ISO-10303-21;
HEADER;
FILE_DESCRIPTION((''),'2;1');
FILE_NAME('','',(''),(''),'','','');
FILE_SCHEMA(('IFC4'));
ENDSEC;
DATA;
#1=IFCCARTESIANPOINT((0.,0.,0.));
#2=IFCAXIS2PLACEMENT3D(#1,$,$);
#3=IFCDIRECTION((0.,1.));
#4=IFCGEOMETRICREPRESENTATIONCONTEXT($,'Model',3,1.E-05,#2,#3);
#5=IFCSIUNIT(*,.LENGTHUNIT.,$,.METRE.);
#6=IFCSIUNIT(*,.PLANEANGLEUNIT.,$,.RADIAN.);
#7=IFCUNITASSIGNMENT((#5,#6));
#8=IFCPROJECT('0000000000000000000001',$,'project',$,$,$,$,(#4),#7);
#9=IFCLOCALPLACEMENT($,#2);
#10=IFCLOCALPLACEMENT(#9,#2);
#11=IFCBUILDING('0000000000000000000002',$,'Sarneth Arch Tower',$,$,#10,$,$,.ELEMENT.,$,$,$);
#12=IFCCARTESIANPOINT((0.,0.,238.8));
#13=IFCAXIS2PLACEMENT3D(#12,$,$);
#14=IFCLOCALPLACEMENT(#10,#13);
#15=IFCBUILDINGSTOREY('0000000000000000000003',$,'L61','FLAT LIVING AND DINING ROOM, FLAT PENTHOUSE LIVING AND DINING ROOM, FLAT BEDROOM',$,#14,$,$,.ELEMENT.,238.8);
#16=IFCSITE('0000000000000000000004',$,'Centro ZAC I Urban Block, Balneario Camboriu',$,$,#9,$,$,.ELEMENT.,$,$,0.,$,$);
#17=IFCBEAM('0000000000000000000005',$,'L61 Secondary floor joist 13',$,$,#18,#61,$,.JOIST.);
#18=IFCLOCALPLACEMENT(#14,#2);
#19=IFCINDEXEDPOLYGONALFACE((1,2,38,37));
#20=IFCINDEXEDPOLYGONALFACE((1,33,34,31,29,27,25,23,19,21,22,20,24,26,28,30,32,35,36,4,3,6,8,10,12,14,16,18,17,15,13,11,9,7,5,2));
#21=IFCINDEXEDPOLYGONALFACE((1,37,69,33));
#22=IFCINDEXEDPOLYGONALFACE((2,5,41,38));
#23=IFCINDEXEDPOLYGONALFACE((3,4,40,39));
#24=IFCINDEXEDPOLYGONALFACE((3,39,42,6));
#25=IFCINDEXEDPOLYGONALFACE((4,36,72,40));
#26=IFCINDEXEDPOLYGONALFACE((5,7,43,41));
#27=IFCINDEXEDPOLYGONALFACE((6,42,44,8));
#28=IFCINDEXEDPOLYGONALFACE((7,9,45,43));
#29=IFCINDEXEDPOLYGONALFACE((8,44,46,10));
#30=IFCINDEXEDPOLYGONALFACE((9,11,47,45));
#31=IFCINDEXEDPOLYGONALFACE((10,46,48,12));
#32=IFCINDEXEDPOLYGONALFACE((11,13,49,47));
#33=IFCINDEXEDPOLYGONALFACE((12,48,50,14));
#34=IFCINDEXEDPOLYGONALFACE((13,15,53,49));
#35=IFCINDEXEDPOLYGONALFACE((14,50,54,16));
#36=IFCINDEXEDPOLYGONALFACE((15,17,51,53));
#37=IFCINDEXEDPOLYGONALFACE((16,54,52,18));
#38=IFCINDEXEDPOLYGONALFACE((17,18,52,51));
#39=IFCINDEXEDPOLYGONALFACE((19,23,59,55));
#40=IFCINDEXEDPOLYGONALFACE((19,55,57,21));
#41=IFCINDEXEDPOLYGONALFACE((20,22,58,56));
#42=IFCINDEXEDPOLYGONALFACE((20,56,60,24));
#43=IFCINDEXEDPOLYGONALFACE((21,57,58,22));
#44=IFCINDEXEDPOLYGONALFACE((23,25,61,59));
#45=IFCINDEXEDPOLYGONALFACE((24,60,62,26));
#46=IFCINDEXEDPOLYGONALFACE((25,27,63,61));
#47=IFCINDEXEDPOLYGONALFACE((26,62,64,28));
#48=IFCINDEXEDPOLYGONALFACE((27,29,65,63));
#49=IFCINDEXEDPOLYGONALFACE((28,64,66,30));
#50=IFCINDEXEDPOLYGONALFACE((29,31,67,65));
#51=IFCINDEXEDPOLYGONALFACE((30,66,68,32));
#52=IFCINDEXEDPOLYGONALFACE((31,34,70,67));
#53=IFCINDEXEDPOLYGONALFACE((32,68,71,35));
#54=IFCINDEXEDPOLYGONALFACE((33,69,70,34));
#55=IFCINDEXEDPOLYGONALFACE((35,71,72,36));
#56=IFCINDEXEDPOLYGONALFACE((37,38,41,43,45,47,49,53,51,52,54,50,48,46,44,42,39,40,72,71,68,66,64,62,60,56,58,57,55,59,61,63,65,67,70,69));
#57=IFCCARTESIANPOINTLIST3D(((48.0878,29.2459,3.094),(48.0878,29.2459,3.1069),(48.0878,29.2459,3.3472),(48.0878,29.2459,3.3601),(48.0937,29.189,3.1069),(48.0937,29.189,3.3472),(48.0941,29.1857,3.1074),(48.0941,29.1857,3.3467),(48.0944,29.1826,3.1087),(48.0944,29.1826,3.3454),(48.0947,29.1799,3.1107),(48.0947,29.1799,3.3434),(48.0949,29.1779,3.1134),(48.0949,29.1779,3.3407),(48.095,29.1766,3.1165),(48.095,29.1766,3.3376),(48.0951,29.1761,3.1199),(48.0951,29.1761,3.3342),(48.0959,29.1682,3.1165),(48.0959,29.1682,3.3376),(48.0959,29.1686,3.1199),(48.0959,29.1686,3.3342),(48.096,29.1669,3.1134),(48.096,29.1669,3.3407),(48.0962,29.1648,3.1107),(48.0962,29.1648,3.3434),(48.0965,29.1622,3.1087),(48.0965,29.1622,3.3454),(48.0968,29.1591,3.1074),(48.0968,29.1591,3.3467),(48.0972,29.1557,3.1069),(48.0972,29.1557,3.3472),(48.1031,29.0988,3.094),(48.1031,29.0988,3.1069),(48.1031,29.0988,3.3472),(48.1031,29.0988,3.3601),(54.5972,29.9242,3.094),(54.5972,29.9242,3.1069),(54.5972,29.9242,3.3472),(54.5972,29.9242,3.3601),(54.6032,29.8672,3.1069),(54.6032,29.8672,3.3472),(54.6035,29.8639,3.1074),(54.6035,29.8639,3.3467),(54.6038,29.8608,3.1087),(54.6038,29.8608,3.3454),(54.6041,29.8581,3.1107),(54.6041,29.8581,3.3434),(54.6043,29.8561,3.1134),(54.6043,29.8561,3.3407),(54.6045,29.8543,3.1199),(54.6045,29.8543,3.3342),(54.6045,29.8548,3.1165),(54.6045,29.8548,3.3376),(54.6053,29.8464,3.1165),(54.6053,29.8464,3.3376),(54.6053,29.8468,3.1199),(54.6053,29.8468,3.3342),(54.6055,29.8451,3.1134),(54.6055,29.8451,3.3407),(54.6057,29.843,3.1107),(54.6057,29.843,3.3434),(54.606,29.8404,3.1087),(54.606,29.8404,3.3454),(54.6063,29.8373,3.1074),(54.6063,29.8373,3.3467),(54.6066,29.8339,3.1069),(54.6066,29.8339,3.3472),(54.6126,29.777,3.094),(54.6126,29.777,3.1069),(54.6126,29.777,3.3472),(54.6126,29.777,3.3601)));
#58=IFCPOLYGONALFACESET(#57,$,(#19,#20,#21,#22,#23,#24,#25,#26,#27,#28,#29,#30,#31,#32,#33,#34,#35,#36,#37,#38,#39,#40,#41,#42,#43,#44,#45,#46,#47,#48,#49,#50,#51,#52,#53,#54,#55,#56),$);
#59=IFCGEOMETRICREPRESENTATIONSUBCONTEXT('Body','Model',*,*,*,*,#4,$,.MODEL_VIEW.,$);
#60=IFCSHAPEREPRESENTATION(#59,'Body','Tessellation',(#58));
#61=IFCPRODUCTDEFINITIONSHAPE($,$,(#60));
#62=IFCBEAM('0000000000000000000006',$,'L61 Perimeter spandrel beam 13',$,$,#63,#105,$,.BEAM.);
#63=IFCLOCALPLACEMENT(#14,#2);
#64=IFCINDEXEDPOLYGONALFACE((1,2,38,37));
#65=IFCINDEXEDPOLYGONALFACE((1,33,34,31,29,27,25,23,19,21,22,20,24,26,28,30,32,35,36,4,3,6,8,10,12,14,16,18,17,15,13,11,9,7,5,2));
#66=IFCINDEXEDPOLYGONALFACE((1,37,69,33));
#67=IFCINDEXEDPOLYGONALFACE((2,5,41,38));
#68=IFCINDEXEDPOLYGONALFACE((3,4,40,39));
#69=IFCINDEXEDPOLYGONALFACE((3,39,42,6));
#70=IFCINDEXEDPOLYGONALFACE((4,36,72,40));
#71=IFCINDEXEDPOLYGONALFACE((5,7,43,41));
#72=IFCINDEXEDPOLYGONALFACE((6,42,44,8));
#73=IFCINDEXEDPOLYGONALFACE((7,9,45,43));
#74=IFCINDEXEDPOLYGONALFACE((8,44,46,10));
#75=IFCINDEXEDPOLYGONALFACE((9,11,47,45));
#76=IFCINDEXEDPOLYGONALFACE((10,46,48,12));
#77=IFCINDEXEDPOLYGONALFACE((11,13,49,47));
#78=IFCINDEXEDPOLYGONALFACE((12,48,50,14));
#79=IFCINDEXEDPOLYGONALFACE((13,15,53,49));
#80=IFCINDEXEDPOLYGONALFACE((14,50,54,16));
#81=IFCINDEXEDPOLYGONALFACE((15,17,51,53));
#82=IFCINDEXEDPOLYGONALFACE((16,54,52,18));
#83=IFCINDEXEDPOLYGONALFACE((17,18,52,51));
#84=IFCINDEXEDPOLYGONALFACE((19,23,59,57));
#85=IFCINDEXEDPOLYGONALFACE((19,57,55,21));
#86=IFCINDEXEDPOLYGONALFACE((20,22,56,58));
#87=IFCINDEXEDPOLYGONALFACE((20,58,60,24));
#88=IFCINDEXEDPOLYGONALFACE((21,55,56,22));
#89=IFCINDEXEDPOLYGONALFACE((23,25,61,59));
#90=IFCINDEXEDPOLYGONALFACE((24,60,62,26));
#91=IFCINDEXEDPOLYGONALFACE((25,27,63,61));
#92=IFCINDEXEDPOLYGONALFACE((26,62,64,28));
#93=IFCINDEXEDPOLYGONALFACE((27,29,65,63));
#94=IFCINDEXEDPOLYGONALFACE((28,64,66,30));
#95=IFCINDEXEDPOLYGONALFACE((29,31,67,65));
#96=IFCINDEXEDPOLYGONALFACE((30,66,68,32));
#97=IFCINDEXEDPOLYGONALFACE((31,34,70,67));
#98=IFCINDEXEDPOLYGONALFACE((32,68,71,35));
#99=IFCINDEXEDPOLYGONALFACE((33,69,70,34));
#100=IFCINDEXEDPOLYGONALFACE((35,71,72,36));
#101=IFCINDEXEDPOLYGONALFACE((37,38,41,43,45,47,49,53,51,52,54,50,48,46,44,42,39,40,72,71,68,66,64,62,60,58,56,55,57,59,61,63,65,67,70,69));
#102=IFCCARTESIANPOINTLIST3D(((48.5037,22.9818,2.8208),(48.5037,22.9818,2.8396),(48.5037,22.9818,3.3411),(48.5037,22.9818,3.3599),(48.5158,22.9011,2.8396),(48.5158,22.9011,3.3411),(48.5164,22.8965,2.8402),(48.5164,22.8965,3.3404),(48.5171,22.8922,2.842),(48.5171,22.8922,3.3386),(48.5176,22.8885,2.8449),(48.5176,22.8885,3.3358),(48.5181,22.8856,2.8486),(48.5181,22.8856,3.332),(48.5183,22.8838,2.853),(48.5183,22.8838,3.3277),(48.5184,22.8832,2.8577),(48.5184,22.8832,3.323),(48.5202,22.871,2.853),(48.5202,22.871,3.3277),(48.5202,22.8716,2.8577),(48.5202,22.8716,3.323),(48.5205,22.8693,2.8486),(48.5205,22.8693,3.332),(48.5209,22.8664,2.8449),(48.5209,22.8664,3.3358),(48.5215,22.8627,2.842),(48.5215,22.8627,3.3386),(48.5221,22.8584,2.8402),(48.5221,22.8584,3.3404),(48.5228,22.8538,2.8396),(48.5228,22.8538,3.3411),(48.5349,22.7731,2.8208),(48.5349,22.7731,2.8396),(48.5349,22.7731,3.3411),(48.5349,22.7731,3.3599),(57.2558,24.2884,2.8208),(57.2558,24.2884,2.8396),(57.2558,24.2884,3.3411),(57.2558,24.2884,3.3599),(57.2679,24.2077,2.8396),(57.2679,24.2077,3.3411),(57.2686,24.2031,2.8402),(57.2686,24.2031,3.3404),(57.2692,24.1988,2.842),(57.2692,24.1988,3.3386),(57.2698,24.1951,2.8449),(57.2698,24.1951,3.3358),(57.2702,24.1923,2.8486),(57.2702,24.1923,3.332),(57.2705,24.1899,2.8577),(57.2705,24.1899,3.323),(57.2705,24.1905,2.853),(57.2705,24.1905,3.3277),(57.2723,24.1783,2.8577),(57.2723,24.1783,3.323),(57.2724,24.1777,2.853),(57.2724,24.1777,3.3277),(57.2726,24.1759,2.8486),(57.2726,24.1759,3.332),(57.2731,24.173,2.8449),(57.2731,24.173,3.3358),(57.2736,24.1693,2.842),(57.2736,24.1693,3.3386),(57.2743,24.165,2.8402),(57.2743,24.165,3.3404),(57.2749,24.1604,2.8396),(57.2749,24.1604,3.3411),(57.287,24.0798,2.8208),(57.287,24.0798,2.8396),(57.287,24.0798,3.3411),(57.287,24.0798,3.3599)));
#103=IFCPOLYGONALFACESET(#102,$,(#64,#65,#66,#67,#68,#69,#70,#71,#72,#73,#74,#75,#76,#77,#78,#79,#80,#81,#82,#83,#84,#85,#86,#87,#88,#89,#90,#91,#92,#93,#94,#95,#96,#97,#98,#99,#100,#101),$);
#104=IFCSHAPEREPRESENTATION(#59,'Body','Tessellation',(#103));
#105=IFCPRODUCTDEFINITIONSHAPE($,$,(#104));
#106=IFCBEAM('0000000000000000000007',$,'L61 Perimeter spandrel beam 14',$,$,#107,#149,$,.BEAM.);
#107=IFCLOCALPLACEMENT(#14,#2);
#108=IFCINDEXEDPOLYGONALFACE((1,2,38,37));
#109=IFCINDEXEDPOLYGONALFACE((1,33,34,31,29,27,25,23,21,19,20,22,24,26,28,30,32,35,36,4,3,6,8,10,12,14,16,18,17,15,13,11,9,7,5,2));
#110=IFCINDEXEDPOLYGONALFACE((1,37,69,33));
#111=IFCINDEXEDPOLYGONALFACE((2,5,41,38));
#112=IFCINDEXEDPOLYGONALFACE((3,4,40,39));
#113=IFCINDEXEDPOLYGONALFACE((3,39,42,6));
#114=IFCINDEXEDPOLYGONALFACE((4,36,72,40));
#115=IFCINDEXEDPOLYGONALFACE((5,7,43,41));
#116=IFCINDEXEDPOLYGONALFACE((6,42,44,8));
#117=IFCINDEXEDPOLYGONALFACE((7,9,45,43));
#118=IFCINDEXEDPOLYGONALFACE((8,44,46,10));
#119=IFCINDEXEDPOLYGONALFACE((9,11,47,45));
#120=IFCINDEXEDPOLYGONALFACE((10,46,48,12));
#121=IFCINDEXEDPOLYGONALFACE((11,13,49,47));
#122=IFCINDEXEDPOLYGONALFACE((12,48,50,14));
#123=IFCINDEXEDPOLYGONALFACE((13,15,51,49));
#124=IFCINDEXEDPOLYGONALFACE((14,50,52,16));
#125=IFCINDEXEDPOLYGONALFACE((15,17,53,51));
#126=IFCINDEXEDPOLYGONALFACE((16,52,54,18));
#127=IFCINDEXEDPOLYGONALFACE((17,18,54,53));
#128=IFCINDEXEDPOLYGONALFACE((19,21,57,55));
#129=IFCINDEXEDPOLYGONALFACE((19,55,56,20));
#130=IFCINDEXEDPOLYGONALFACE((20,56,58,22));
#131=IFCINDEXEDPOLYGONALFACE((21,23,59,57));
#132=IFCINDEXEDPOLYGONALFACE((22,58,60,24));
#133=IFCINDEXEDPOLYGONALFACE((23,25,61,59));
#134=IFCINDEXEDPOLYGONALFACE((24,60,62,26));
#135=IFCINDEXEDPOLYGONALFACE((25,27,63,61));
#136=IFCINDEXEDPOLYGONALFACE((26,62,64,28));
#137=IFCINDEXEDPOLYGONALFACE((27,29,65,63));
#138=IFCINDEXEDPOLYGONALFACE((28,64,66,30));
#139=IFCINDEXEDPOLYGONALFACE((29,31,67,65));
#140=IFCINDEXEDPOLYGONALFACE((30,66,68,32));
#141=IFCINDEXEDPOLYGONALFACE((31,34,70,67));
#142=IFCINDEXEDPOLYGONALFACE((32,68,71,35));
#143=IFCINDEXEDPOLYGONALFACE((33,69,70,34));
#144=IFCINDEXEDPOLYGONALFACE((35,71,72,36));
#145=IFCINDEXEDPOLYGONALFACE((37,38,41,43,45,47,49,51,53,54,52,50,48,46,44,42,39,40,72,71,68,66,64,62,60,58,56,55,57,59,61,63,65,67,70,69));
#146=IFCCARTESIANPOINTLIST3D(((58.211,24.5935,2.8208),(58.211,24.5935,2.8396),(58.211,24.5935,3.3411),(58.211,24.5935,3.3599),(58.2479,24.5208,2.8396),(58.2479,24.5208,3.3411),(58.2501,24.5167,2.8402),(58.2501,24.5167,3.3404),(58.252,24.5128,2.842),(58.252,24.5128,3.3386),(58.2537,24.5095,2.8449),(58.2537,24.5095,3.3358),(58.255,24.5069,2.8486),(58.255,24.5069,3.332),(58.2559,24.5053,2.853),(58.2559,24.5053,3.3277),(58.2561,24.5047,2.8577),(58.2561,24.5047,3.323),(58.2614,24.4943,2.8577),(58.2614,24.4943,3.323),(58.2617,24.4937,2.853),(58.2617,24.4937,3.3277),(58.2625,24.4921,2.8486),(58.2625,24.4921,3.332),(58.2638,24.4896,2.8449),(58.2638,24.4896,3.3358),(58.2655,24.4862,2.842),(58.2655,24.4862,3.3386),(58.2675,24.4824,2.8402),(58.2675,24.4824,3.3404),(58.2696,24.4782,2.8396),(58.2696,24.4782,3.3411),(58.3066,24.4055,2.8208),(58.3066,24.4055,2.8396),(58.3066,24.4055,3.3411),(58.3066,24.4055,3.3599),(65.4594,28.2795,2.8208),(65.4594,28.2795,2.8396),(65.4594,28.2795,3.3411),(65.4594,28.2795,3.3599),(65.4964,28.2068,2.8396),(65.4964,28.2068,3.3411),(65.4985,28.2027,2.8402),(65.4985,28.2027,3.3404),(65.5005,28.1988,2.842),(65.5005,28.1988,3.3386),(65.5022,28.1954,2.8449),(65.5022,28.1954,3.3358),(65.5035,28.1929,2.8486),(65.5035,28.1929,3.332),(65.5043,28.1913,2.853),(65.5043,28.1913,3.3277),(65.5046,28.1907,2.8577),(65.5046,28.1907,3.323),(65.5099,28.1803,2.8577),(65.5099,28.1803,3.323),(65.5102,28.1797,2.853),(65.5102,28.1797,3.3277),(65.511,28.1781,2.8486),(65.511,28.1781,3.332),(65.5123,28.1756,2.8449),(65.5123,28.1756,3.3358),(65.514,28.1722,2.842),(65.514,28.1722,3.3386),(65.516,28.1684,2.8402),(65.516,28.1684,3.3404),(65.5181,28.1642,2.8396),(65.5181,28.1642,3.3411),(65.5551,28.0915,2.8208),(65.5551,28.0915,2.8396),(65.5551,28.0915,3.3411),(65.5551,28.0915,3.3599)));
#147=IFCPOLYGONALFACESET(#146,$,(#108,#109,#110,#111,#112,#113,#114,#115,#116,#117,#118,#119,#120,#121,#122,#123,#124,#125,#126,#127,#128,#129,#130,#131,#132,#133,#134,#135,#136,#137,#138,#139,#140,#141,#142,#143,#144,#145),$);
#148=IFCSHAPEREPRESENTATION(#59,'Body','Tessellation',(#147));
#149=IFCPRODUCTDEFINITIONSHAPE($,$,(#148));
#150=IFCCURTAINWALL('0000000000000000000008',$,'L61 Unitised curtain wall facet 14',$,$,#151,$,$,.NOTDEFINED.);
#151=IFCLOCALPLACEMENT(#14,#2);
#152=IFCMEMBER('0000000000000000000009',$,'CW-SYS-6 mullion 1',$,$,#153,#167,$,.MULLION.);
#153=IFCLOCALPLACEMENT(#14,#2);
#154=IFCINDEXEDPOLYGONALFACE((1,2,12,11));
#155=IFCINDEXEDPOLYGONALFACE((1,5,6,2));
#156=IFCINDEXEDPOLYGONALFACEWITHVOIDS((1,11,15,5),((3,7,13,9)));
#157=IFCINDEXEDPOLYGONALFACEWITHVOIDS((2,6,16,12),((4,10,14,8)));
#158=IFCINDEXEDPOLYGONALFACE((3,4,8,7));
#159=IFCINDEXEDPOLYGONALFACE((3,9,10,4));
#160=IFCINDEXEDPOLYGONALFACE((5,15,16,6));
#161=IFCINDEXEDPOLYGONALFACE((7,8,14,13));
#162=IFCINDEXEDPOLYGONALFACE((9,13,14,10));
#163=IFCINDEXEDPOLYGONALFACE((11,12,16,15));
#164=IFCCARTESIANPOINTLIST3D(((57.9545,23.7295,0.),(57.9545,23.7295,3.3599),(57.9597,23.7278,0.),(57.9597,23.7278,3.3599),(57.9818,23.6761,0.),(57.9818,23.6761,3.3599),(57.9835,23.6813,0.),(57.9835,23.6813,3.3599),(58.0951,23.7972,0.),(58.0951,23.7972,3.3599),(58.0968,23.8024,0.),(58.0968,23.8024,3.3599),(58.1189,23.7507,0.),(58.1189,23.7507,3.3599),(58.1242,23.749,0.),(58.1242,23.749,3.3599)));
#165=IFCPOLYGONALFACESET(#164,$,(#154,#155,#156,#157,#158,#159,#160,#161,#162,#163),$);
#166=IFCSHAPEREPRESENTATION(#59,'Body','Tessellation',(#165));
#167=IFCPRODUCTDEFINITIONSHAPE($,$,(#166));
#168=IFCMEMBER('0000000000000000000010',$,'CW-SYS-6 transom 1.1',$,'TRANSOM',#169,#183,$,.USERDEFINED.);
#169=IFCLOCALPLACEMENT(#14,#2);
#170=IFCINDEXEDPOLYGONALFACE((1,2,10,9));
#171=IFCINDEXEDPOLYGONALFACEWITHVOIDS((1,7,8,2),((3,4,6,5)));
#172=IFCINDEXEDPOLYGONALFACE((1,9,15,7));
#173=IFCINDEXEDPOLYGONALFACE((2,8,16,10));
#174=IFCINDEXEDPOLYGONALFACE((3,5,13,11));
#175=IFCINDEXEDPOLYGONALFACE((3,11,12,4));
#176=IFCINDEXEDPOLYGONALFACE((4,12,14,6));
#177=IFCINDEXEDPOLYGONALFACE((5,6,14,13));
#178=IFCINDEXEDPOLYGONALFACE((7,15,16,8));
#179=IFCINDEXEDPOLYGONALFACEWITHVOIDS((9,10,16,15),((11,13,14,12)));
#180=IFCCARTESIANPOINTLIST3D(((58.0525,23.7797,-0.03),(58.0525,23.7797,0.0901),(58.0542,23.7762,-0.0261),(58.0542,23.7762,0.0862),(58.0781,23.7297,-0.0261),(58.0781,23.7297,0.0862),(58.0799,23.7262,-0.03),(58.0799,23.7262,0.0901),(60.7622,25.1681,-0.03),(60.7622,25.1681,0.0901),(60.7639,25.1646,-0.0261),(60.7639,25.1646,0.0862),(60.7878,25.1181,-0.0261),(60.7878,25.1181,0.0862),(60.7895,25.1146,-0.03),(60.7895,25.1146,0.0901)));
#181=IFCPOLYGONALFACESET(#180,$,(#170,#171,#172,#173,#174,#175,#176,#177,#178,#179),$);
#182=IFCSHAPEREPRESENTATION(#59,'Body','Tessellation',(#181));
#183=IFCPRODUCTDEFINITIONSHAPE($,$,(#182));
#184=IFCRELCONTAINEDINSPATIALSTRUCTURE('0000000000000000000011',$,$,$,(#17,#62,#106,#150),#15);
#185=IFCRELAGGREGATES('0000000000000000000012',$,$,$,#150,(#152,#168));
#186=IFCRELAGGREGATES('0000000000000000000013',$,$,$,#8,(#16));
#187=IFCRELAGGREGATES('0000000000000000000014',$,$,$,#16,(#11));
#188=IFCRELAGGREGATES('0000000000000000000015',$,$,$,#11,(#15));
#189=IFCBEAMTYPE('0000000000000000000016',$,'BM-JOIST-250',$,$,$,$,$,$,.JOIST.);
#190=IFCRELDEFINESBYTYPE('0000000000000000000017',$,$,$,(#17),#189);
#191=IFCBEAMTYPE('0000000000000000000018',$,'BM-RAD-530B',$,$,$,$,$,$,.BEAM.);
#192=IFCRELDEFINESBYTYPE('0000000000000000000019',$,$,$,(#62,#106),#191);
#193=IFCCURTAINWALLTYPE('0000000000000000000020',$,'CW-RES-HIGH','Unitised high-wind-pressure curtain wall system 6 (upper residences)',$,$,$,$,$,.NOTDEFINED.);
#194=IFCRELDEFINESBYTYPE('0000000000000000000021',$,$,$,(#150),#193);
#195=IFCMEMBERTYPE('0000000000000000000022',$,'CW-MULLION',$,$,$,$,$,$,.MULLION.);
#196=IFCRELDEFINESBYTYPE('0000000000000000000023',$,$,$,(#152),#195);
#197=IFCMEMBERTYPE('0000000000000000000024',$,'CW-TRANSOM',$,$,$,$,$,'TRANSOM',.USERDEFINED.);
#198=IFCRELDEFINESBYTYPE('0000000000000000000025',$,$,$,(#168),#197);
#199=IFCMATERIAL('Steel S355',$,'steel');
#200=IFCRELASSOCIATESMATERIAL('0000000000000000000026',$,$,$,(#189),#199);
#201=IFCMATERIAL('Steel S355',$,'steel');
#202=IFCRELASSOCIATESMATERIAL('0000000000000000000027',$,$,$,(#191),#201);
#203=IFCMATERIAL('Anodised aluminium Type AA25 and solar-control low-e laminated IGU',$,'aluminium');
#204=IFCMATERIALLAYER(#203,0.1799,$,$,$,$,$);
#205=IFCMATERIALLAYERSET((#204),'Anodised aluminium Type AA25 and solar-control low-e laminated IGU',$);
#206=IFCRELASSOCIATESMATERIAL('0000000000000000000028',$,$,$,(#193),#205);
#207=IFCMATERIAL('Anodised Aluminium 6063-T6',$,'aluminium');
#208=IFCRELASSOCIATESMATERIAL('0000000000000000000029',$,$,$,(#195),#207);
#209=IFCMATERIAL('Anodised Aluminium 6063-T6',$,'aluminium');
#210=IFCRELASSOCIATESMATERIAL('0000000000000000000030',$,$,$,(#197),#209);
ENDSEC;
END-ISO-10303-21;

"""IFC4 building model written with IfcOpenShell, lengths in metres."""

from ifc_helpers import new_model, si_unit, direction, frame, origin, origin_2d, place, context, subcontext, project, spatial, hollow_rectangle, i_section, extrude, material, layer, layer_set, material_profile, profile_set, type_object, element, aggregate, save


model = new_model("IFC4")

# Units and contexts
model_context = context("Model", 3, precision=1e-05, world=origin(), true_north=direction((0.0, 1.0)))
body_context = subcontext(model_context, "Body", "Model", "MODEL_VIEW")
ifc_project = project(units=[si_unit("LENGTHUNIT", "METRE"), si_unit("PLANEANGLEUNIT", "RADIAN")], contexts=[model_context])

# Site, building, storey
site_placement = place(None, origin())
site = spatial("IfcSite", under=ifc_project, at=site_placement, Name="Centro ZAC I Urban Block, Balneario Camboriu", CompositionType="ELEMENT", RefElevation=0.0)
building_placement = place(site_placement, origin())
building = spatial("IfcBuilding", under=site, at=building_placement, Name="Sarneth Arch Tower", CompositionType="ELEMENT")
storey_placement = place(building_placement, frame((0.0, 0.0, 238.8)))
storey = spatial("IfcBuildingStorey", under=building, at=storey_placement, Name="L61", Description="FLAT LIVING AND DINING ROOM, FLAT PENTHOUSE LIVING AND DINING ROOM, FLAT BEDROOM", CompositionType="ELEMENT", Elevation=238.8)

# Beams
ifc_material_1 = material(Name="Steel S355", Category="steel")
ifc_material_profile_1 = material_profile(ifc_material_1, i_section(OverallWidth=0.1479, OverallDepth=0.2661, WebThickness=0.0076, FlangeThickness=0.0129, FilletRadius=0.0129, at=origin_2d()), Name="W250x44.8")
ifc_profile_set_1 = profile_set([ifc_material_profile_1], Name="Steel S355")
beam_type_1 = type_object("IfcBeamType", Name="BM-JOIST-250", PredefinedType="JOIST", material=ifc_profile_set_1)
beam_1_placement = place(storey_placement, frame((48.0955, 29.1724, 3.2271), z_axis=(0.994616, 0.103628, 0.0), x_axis=(-0.103628, 0.994616, 0.0)))
element("IfcBeam", 1, at=beam_1_placement, inside=storey, type_object=beam_type_1, Name="L61 Secondary floor joist 13", PredefinedType="JOIST", context=body_context, shape_type="SweptSolid", body=[
    extrude(i_section(OverallWidth=0.1479, OverallDepth=0.2661, WebThickness=0.0076, FlangeThickness=0.0129, FilletRadius=0.0129, at=origin_2d()), origin(), (0.0, 0.0, 1.0), 6.5447),
])
ifc_material_2 = material(Name="Steel S355", Category="steel")
ifc_material_profile_2 = material_profile(ifc_material_2, i_section(OverallWidth=0.2109, OverallDepth=0.5391, WebThickness=0.0117, FlangeThickness=0.0188, FilletRadius=0.0181, at=origin_2d()), Name="W530x109")
ifc_profile_set_2 = profile_set([ifc_material_profile_2], Name="Steel S355")
beam_type_2 = type_object("IfcBeamType", Name="BM-RAD-530B", PredefinedType="BEAM", material=ifc_profile_set_2)
beam_2_placement = place(storey_placement, frame((48.5193, 22.8774, 3.0903), z_axis=(0.989039, 0.147656, 0.0), x_axis=(-0.147656, 0.989039, 0.0)))
element("IfcBeam", 2, at=beam_2_placement, inside=storey, type_object=beam_type_2, Name="L61 Perimeter spandrel beam 13", PredefinedType="BEAM", context=body_context, shape_type="SweptSolid", body=[
    extrude(i_section(OverallWidth=0.2109, OverallDepth=0.5391, WebThickness=0.0117, FlangeThickness=0.0188, FilletRadius=0.0181, at=origin_2d()), origin(), (0.0, 0.0, 1.0), 8.8491),
])
beam_3_placement = place(storey_placement, frame((58.2588, 24.4995, 3.0903), z_axis=(0.891368, 0.45328, 0.0), x_axis=(-0.45328, 0.891368, 0.0)))
element("IfcBeam", 3, at=beam_3_placement, inside=storey, type_object=beam_type_2, Name="L61 Perimeter spandrel beam 14", PredefinedType="BEAM", context=body_context, shape_type="SweptSolid", body=[
    extrude(i_section(OverallWidth=0.2109, OverallDepth=0.5391, WebThickness=0.0117, FlangeThickness=0.0188, FilletRadius=0.0181, at=origin_2d()), origin(), (0.0, 0.0, 1.0), 8.1318),
])

# Curtain wall, members
ifc_material_3 = material(Name="Anodised aluminium Type AA25 and solar-control low-e laminated IGU", Category="aluminium")
ifc_layer_1 = layer(ifc_material_3, 0.1799)
ifc_layer_set_1 = layer_set([ifc_layer_1], Name="Anodised aluminium Type AA25 and solar-control low-e laminated IGU")
curtain_wall_type = type_object("IfcCurtainWallType", Name="CW-RES-HIGH", Description="Unitised high-wind-pressure curtain wall system 6 (upper residences)", PredefinedType="NOTDEFINED", material=ifc_layer_set_1)
curtain_wall_placement = place(storey_placement, origin())
curtain_wall = element("IfcCurtainWall", 4, at=curtain_wall_placement, inside=storey, type_object=curtain_wall_type, Name="L61 Unitised curtain wall facet 14", PredefinedType="NOTDEFINED")
ifc_material_4 = material(Name="Anodised Aluminium 6063-T6", Category="aluminium")
ifc_material_profile_3 = material_profile(ifc_material_4, hollow_rectangle(XDim=0.0601, YDim=0.1599, WallThickness=0.0039, at=origin_2d()), Name="AL-MULL-160x60x4")
ifc_profile_set_3 = profile_set([ifc_material_profile_3], Name="Anodised Aluminium 6063-T6")
member_type_1 = type_object("IfcMemberType", Name="CW-MULLION", PredefinedType="MULLION", material=ifc_profile_set_3)
member_1_placement = place(storey_placement, frame((58.0393, 23.7393, 0.0), z_axis=(0.0, 0.0, 1.0), x_axis=(-0.455942, 0.89001, 0.0)))
member_1 = element("IfcMember", 5, at=member_1_placement, type_object=member_type_1, Name="CW-SYS-6 mullion 1", PredefinedType="MULLION", context=body_context, shape_type="SweptSolid", body=[
    extrude(hollow_rectangle(XDim=0.0601, YDim=0.1599, WallThickness=0.0039, at=origin_2d()), origin(), (0.0, 0.0, 1.0), 3.3599),
])
ifc_material_5 = material(Name="Anodised Aluminium 6063-T6", Category="aluminium")
ifc_material_profile_4 = material_profile(ifc_material_5, hollow_rectangle(XDim=0.0601, YDim=0.1201, WallThickness=0.0039, at=origin_2d()), Name="AL-TRAN-120x60x4")
ifc_profile_set_4 = profile_set([ifc_material_profile_4], Name="Anodised Aluminium 6063-T6")
member_type_2 = type_object("IfcMemberType", Name="CW-TRANSOM", ElementType="TRANSOM", PredefinedType="USERDEFINED", material=ifc_profile_set_4)
member_2_placement = place(storey_placement, frame((58.0662, 23.7529, 0.03), z_axis=(0.889974, 0.456012, 0.0), x_axis=(-0.456012, 0.889974, 0.0)))
member_2 = element("IfcMember", 6, at=member_2_placement, type_object=member_type_2, Name="CW-SYS-6 transom 1.1", ObjectType="TRANSOM", PredefinedType="USERDEFINED", context=body_context, shape_type="SweptSolid", body=[
    extrude(hollow_rectangle(XDim=0.0601, YDim=0.1201, WallThickness=0.0039, at=origin_2d()), origin(), (0.0, 0.0, 1.0), 3.0447),
])
aggregate(curtain_wall, [member_1, member_2])

save(model, "model.ifc")
